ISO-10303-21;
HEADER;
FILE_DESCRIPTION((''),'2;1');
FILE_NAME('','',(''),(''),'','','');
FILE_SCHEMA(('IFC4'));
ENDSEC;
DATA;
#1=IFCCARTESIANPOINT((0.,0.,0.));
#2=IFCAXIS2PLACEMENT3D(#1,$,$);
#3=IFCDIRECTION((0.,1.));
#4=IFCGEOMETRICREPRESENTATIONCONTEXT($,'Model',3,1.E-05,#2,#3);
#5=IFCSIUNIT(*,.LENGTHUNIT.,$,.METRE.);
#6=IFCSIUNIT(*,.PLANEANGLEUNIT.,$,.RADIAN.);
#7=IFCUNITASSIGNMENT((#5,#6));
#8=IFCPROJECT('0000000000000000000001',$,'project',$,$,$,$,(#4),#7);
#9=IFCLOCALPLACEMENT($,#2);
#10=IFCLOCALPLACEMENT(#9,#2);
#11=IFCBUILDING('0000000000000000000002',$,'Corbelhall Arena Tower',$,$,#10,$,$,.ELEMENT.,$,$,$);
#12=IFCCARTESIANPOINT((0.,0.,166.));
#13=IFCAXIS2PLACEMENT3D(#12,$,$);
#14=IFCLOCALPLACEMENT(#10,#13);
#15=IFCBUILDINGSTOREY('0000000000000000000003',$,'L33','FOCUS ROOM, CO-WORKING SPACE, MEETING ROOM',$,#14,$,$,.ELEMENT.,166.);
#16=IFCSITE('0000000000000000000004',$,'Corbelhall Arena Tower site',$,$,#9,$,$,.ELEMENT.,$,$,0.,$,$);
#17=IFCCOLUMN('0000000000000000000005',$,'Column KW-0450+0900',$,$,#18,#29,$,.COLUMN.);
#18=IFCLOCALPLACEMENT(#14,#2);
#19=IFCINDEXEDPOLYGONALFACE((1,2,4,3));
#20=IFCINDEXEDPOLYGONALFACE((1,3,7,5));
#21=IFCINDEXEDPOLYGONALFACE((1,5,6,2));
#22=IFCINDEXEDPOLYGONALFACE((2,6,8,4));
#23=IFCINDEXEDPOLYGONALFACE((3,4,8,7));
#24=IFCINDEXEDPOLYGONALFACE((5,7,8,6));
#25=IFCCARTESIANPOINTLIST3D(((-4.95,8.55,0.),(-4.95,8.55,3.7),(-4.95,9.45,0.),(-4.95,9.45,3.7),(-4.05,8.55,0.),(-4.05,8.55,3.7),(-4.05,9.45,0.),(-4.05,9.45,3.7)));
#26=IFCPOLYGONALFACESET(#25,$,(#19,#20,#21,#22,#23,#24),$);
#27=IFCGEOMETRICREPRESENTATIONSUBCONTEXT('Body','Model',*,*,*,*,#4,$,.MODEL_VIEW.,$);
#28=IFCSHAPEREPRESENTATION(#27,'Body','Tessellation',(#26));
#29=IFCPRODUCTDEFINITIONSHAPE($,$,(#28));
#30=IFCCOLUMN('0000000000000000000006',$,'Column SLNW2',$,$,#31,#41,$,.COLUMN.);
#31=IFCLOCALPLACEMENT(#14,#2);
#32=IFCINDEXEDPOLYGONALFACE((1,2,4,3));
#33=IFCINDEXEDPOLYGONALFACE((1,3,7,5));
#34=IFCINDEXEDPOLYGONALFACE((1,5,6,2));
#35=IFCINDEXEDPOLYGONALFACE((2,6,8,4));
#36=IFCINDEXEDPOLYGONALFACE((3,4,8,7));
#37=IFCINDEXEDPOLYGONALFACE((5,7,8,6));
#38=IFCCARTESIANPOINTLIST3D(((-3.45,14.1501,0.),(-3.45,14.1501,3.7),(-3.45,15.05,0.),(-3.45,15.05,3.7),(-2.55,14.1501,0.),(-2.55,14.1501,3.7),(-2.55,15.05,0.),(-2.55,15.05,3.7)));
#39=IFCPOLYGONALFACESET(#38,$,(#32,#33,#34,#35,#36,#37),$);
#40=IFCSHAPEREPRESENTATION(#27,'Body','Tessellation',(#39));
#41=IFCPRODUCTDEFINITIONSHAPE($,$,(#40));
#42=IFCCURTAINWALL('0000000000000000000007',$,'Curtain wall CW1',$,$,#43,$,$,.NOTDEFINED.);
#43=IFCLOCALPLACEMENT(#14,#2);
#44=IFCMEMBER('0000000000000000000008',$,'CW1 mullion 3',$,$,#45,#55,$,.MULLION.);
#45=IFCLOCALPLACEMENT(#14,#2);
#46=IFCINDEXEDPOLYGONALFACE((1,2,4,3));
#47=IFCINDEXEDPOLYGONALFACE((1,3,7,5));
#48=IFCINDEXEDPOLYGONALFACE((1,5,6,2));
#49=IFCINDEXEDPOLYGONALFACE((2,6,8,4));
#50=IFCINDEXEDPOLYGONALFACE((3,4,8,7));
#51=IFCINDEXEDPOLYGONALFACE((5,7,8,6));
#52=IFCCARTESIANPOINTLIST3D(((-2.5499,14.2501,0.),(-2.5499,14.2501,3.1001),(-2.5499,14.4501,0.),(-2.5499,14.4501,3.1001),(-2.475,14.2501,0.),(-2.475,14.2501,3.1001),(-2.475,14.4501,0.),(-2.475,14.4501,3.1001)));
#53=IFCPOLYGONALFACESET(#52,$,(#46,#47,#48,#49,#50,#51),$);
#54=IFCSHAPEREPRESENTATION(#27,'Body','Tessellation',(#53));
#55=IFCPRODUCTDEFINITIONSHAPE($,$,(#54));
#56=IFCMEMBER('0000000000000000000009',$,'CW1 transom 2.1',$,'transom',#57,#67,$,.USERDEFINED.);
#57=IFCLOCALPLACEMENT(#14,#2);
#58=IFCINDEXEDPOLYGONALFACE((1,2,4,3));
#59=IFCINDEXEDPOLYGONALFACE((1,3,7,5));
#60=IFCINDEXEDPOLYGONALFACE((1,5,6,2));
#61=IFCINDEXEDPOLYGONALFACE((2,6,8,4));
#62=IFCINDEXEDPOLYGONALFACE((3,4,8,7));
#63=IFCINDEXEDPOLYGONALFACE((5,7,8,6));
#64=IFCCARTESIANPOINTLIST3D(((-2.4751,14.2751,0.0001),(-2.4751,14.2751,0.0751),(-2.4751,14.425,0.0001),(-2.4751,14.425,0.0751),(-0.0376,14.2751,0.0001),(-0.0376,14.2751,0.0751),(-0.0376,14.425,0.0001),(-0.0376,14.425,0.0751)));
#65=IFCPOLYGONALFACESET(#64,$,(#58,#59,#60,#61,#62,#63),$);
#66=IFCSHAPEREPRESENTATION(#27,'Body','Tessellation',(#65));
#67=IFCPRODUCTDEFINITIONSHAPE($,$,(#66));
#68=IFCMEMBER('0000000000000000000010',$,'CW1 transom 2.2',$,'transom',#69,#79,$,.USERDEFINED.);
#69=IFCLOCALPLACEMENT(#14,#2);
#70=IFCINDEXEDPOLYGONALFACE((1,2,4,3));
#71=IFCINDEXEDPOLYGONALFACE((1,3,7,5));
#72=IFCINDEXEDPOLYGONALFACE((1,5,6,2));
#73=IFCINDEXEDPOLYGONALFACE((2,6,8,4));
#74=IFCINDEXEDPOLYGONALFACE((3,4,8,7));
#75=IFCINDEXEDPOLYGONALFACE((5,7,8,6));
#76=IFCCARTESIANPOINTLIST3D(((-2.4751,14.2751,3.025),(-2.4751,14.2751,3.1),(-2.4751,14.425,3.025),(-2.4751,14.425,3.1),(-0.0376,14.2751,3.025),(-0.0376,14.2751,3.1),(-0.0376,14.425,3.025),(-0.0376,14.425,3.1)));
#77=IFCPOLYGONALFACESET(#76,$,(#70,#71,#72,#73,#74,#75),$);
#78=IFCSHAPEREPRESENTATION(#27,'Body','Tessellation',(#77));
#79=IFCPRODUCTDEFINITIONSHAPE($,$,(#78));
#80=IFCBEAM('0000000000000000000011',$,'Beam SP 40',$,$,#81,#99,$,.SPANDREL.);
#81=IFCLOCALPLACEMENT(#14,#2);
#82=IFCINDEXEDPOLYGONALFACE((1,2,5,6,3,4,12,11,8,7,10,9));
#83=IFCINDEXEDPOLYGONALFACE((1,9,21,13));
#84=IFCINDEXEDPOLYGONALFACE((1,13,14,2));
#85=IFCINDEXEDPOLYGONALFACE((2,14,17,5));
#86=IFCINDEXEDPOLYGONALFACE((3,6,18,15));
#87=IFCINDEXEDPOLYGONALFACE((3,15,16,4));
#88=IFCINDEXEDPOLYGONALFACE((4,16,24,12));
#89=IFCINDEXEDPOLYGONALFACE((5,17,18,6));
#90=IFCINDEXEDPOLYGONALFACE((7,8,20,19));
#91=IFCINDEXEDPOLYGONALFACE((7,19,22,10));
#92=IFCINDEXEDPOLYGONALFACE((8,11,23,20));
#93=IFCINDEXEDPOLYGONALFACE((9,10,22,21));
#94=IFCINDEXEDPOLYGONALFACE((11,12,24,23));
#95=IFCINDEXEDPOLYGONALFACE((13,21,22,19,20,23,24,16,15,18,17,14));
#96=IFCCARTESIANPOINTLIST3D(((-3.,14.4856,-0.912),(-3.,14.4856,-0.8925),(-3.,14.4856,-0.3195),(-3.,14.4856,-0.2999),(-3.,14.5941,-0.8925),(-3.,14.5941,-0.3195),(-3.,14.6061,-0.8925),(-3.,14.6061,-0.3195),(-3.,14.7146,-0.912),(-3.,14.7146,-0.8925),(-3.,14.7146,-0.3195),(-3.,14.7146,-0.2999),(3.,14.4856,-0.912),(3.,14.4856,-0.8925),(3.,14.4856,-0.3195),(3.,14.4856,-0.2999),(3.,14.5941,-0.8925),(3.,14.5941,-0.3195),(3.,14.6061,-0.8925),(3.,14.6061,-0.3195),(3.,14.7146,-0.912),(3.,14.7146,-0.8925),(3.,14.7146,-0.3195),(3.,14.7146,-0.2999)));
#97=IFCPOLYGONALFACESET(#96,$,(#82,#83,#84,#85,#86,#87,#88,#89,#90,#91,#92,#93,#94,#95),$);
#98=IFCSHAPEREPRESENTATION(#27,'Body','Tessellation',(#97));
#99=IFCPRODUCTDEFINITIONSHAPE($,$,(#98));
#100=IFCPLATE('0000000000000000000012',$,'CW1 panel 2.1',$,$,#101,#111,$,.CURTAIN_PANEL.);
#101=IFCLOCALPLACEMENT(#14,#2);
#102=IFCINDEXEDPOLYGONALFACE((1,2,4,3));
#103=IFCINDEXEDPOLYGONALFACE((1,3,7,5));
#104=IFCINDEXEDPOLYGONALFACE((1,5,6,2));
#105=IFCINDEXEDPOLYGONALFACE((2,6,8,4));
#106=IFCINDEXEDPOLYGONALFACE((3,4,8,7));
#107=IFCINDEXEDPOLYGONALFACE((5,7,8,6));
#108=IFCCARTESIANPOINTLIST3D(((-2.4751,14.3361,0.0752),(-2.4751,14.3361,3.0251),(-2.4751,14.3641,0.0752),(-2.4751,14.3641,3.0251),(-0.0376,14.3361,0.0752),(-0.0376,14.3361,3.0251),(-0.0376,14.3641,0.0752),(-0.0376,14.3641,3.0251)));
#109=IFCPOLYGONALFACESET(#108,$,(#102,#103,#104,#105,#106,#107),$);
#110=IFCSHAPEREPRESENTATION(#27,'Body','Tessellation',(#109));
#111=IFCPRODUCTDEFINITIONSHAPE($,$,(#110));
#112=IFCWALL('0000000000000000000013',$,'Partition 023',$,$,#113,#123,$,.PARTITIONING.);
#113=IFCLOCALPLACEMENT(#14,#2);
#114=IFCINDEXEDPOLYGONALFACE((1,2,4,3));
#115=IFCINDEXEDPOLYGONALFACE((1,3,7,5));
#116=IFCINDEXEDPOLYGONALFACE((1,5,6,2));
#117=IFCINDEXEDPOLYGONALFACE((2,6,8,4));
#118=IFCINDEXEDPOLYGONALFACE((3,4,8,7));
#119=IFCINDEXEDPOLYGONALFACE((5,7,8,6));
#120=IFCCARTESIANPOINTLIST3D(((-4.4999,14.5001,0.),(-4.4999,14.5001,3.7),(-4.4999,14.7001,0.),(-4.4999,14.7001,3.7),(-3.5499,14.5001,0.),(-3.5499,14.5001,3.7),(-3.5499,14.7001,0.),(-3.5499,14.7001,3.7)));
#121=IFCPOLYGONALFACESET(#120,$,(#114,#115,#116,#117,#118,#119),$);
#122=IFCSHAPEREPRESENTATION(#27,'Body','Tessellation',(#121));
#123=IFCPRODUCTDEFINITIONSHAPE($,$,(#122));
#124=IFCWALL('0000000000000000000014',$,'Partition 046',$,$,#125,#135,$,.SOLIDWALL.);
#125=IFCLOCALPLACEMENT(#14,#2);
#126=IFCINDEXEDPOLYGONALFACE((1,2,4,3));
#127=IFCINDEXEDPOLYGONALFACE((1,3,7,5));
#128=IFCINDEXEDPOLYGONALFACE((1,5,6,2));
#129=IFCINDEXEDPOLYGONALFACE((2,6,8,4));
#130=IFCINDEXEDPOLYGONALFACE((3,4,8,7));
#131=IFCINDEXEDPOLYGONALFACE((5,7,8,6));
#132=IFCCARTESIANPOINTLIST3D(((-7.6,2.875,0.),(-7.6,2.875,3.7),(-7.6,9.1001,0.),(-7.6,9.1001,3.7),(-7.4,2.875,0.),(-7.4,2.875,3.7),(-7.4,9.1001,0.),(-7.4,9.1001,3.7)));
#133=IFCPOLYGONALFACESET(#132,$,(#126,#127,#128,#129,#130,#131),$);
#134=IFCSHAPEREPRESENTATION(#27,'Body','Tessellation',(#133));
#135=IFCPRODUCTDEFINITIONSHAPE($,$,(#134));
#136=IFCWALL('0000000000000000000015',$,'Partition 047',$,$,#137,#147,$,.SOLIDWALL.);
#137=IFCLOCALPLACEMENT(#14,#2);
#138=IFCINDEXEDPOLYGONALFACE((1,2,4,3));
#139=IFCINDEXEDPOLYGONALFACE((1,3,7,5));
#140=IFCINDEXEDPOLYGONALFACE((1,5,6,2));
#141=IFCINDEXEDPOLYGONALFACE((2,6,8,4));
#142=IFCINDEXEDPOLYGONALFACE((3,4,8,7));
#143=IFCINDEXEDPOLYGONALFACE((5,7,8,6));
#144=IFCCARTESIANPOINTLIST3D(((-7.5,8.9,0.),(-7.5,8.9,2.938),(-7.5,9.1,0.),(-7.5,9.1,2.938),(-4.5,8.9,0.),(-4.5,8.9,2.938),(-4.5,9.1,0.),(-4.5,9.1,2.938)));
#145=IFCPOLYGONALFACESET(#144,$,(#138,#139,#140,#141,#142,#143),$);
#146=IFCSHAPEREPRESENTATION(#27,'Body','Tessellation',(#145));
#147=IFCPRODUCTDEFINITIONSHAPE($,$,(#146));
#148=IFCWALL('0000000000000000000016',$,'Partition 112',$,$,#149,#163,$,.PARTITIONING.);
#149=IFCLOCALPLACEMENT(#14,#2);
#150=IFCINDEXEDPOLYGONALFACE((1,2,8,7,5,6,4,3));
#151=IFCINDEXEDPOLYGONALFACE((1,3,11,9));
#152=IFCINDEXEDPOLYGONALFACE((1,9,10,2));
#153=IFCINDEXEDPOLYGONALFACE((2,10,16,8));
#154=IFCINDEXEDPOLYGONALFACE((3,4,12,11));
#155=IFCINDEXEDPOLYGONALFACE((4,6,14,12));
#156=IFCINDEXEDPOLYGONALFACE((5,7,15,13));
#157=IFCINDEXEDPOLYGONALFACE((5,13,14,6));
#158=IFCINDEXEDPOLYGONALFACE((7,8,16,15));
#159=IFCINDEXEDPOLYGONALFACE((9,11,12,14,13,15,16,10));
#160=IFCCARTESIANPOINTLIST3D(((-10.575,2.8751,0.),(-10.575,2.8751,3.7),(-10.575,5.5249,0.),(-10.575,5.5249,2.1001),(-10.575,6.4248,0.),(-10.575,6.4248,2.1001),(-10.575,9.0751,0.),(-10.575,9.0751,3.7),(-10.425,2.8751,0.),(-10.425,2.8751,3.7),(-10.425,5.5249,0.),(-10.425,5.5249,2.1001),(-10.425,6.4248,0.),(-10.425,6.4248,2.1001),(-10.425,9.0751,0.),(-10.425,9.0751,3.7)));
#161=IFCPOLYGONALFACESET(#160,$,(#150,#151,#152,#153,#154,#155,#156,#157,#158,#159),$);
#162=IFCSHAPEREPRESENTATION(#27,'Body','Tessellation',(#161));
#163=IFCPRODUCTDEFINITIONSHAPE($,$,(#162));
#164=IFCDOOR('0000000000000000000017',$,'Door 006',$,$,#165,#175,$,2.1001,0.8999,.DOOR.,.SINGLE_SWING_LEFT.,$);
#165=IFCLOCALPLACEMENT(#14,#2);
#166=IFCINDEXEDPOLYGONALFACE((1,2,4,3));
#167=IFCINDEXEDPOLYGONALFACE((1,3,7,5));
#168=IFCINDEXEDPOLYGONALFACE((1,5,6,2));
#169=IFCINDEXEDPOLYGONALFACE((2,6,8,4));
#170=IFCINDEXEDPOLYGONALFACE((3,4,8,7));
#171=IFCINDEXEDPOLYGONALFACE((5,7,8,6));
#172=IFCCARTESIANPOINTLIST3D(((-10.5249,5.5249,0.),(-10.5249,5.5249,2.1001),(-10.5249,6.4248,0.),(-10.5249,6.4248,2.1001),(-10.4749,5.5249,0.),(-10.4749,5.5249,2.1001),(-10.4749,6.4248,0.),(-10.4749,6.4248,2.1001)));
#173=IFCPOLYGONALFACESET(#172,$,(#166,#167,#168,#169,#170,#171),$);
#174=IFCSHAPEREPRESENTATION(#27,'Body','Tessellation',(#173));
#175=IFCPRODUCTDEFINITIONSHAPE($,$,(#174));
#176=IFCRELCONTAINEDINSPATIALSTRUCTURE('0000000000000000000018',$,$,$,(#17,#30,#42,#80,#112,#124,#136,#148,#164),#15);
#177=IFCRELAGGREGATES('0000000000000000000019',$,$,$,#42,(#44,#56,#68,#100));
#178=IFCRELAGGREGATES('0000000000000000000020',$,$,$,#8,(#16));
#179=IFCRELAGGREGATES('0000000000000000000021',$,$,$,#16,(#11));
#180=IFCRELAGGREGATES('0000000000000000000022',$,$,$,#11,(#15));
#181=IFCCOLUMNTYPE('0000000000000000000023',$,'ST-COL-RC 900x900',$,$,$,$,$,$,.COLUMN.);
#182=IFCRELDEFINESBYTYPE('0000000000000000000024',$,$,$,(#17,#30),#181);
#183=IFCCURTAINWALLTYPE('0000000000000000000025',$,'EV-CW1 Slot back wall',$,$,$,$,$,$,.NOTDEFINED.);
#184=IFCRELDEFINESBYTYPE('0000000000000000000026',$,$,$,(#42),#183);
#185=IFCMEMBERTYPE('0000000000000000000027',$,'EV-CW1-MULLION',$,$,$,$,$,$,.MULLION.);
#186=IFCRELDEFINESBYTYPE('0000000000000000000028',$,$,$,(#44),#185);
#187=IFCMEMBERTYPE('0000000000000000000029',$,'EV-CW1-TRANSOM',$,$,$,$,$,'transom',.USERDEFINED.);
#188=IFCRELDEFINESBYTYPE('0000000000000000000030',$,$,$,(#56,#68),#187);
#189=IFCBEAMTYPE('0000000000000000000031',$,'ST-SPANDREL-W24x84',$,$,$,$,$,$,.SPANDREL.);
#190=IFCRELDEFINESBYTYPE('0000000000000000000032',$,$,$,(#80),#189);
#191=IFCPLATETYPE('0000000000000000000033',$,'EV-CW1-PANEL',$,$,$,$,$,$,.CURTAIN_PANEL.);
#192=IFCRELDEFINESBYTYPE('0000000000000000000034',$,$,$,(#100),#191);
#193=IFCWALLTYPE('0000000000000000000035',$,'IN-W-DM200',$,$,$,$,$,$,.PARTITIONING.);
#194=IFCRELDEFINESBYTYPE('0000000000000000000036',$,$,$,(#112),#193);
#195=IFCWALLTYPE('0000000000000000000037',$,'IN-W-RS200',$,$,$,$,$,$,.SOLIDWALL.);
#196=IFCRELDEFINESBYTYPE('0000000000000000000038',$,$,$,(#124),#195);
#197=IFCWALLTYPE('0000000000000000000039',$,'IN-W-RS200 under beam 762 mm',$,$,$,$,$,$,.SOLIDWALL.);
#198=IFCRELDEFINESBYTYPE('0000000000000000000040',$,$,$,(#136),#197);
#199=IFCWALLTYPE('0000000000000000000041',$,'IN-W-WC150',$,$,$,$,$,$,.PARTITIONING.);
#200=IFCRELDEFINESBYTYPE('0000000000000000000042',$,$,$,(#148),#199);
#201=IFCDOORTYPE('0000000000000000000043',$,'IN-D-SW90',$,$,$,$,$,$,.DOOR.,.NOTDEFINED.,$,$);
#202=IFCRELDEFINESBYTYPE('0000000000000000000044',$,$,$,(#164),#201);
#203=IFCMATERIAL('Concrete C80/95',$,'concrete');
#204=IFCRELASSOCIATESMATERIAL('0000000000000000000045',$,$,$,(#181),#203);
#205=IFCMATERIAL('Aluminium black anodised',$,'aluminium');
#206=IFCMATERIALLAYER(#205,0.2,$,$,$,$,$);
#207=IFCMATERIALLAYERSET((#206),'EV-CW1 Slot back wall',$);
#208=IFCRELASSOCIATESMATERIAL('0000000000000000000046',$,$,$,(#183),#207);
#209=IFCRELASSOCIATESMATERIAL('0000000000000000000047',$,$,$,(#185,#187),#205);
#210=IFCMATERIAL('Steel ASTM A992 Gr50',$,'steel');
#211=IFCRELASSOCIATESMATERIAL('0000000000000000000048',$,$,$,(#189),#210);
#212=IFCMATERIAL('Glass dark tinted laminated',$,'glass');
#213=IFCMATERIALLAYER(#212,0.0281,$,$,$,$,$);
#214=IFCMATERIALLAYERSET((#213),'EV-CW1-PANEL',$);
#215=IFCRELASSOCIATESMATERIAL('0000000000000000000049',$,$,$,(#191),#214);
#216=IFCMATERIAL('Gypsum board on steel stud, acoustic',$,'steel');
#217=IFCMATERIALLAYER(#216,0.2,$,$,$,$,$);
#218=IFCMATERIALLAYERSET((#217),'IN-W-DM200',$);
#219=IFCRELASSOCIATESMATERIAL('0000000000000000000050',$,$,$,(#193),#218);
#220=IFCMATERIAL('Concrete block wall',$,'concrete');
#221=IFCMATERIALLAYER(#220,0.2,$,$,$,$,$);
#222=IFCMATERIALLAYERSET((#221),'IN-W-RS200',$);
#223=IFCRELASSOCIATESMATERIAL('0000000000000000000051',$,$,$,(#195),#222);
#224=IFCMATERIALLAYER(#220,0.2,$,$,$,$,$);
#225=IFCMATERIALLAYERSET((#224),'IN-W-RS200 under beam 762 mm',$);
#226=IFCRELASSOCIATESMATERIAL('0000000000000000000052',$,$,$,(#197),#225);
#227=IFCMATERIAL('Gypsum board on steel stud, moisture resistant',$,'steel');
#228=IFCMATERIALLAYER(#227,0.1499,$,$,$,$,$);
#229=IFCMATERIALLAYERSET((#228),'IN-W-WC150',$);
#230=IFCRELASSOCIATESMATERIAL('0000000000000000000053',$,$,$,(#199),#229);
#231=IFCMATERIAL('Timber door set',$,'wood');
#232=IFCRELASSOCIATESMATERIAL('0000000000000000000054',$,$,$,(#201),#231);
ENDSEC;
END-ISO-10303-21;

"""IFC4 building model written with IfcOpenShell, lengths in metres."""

from ifc_helpers import new_model, si_unit, direction, frame, frame_2d, origin, origin_2d, place, context, subcontext, project, spatial, rectangle, i_section, extrude, material, layer, layer_set, material_profile, profile_set, type_object, element, fill, aggregate, save


model = new_model("IFC4")

# Units and contexts
model_context = context("Model", 3, precision=1e-05, world=origin(), true_north=direction((0.0, 1.0)))
body_context = subcontext(model_context, "Body", "Model", "MODEL_VIEW")
ifc_project = project(units=[si_unit("LENGTHUNIT", "METRE"), si_unit("PLANEANGLEUNIT", "RADIAN")], contexts=[model_context])

# Site, building, storey
site_placement = place(None, origin())
site = spatial("IfcSite", under=ifc_project, at=site_placement, Name="Corbelhall Arena Tower site", CompositionType="ELEMENT", RefElevation=0.0)
building_placement = place(site_placement, origin())
building = spatial("IfcBuilding", under=site, at=building_placement, Name="Corbelhall Arena Tower", CompositionType="ELEMENT")
storey_placement = place(building_placement, frame((0.0, 0.0, 166.0)))
storey = spatial("IfcBuildingStorey", under=building, at=storey_placement, Name="L33", Description="FOCUS ROOM, CO-WORKING SPACE, MEETING ROOM", CompositionType="ELEMENT", Elevation=166.0)

# Columns
ifc_material_1 = material(Name="Concrete C80/95", Category="concrete")
ifc_material_profile_1 = material_profile(ifc_material_1, rectangle(XDim=0.8999, YDim=0.8999, at=origin_2d()))
ifc_profile_set_1 = profile_set([ifc_material_profile_1], Name="Concrete C80/95")
column_type = type_object("IfcColumnType", Name="ST-COL-RC 900x900", PredefinedType="COLUMN", material=ifc_profile_set_1)
for number, where, z_axis, x_axis, name in (
    (1, (-4.5, 9.0, 0.0), (0.0, 0.0, 1.0), (1.0, 0.0, 0.0), "Column KW-0450+0900"),
    (2, (-3.0, 14.6001, 0.0), (0.0, 0.0, 1.0), (1.0, 0.0, 0.0), "Column SLNW2"),
):
    element("IfcColumn", number, at=place(storey_placement, frame(where, z_axis=z_axis, x_axis=x_axis)), inside=storey, type_object=column_type, Name=name, PredefinedType="COLUMN", context=body_context, shape_type="SweptSolid", body=[
        extrude(rectangle(XDim=0.8999, YDim=0.8999, at=origin_2d()), origin(), (0.0, 0.0, 1.0), 3.7),
    ])

# Curtain wall, members
ifc_material_2 = material(Name="Aluminium black anodised", Category="aluminium")
ifc_layer_1 = layer(ifc_material_2, 0.2)
ifc_layer_set_1 = layer_set([ifc_layer_1], Name="EV-CW1 Slot back wall")
curtain_wall_type = type_object("IfcCurtainWallType", Name="EV-CW1 Slot back wall", PredefinedType="NOTDEFINED", material=ifc_layer_set_1)
curtain_wall_placement = place(storey_placement, origin())
curtain_wall = element("IfcCurtainWall", 3, at=curtain_wall_placement, inside=storey, type_object=curtain_wall_type, Name="Curtain wall CW1", PredefinedType="NOTDEFINED")
ifc_material_profile_2 = material_profile(ifc_material_2, rectangle(XDim=0.2, YDim=0.075, at=origin_2d()))
ifc_profile_set_2 = profile_set([ifc_material_profile_2], Name="Aluminium black anodised")
member_type_1 = type_object("IfcMemberType", Name="EV-CW1-MULLION", PredefinedType="MULLION", material=ifc_profile_set_2)
member_1_placement = place(storey_placement, frame((-2.5125, 14.3501, 0.0), z_axis=(0.0, 0.0, 1.0), x_axis=(0.0, -1.0, 0.0)))
member_1 = element("IfcMember", 4, at=member_1_placement, type_object=member_type_1, Name="CW1 mullion 3", PredefinedType="MULLION", context=body_context, shape_type="SweptSolid", body=[
    extrude(rectangle(XDim=0.2, YDim=0.075, at=origin_2d()), origin(), (0.0, 0.0, 1.0), 3.1001),
])
ifc_material_profile_3 = material_profile(ifc_material_2, rectangle(XDim=0.1499, YDim=0.075, at=origin_2d()))
ifc_profile_set_3 = profile_set([ifc_material_profile_3], Name="Aluminium black anodised")
member_type_2 = type_object("IfcMemberType", Name="EV-CW1-TRANSOM", ElementType="transom", PredefinedType="USERDEFINED", material=ifc_profile_set_3)
member_2_placement = place(storey_placement, frame((-0.0376, 14.3501, 0.0376), z_axis=(-1.0, 0.0, 0.0), x_axis=(0.0, -1.0, 0.0)))
member_2 = element("IfcMember", 5, at=member_2_placement, type_object=member_type_2, Name="CW1 transom 2.1", ObjectType="transom", PredefinedType="USERDEFINED", context=body_context, shape_type="SweptSolid", body=[
    extrude(rectangle(XDim=0.1499, YDim=0.075, at=origin_2d()), origin(), (0.0, 0.0, 1.0), 2.4375),
])
member_3_placement = place(storey_placement, frame((-0.0376, 14.3501, 3.0625), z_axis=(-1.0, 0.0, 0.0), x_axis=(0.0, -1.0, 0.0)))
member_3 = element("IfcMember", 6, at=member_3_placement, type_object=member_type_2, Name="CW1 transom 2.2", ObjectType="transom", PredefinedType="USERDEFINED", context=body_context, shape_type="SweptSolid", body=[
    extrude(rectangle(XDim=0.1499, YDim=0.075, at=origin_2d()), origin(), (0.0, 0.0, 1.0), 2.4375),
])

# Beam
ifc_material_3 = material(Name="Steel ASTM A992 Gr50", Category="steel")
ifc_material_profile_4 = material_profile(ifc_material_3, i_section(OverallWidth=0.229, OverallDepth=0.6121, WebThickness=0.012, FlangeThickness=0.0195, at=origin_2d()))
ifc_profile_set_4 = profile_set([ifc_material_profile_4], Name="Steel ASTM A992 Gr50")
beam_type = type_object("IfcBeamType", Name="ST-SPANDREL-W24x84", PredefinedType="SPANDREL", material=ifc_profile_set_4)
beam_placement = place(storey_placement, frame((-3.0, 14.6001, -0.606), z_axis=(1.0, 0.0, 0.0), x_axis=(0.0, 1.0, 0.0)))
element("IfcBeam", 7, at=beam_placement, inside=storey, type_object=beam_type, Name="Beam SP 40", PredefinedType="SPANDREL", context=body_context, shape_type="SweptSolid", body=[
    extrude(i_section(OverallWidth=0.229, OverallDepth=0.6121, WebThickness=0.012, FlangeThickness=0.0195, at=origin_2d()), origin(), (0.0, 0.0, 1.0), 6.0),
])

# Plate
ifc_material_4 = material(Name="Glass dark tinted laminated", Category="glass")
ifc_layer_2 = layer(ifc_material_4, 0.0281)
ifc_layer_set_2 = layer_set([ifc_layer_2], Name="EV-CW1-PANEL")
plate_type = type_object("IfcPlateType", Name="EV-CW1-PANEL", PredefinedType="CURTAIN_PANEL", material=ifc_layer_set_2)
plate_placement = place(storey_placement, frame((-1.2563, 14.3501, 0.0752), z_axis=(0.0, 0.0, 1.0), x_axis=(-1.0, 0.0, 0.0)))
plate = element("IfcPlate", 8, at=plate_placement, type_object=plate_type, Name="CW1 panel 2.1", PredefinedType="CURTAIN_PANEL", context=body_context, shape_type="SweptSolid", body=[
    extrude(rectangle(XDim=2.4375, YDim=0.0281, at=origin_2d()), origin(), (0.0, 0.0, 1.0), 2.95),
])
aggregate(curtain_wall, [member_1, member_2, member_3, plate])

# Walls
ifc_material_5 = material(Name="Gypsum board on steel stud, acoustic", Category="steel")
ifc_layer_3 = layer(ifc_material_5, 0.2)
ifc_layer_set_3 = layer_set([ifc_layer_3], Name="IN-W-DM200")
wall_type_1 = type_object("IfcWallType", Name="IN-W-DM200", PredefinedType="PARTITIONING", material=ifc_layer_set_3)
wall_1_placement = place(storey_placement, frame((-4.5, 14.6001, 0.0), z_axis=(0.0, 0.0, 1.0), x_axis=(1.0, 0.0, 0.0)))
element("IfcWall", 9, at=wall_1_placement, inside=storey, type_object=wall_type_1, Name="Partition 023", PredefinedType="PARTITIONING", context=body_context, shape_type="SweptSolid", body=[
    extrude(rectangle(XDim=0.95, YDim=0.2, at=frame_2d((0.4751, 0.0))), origin(), (0.0, 0.0, 1.0), 3.7),
])
ifc_material_6 = material(Name="Concrete block wall", Category="concrete")
ifc_layer_4 = layer(ifc_material_6, 0.2)
ifc_layer_set_4 = layer_set([ifc_layer_4], Name="IN-W-RS200")
wall_type_2 = type_object("IfcWallType", Name="IN-W-RS200", PredefinedType="SOLIDWALL", material=ifc_layer_set_4)
wall_2_placement = place(storey_placement, frame((-7.5, 2.875, 0.0), z_axis=(0.0, 0.0, 1.0), x_axis=(0.0, 1.0, 0.0)))
element("IfcWall", 10, at=wall_2_placement, inside=storey, type_object=wall_type_2, Name="Partition 046", PredefinedType="SOLIDWALL", context=body_context, shape_type="SweptSolid", body=[
    extrude(rectangle(XDim=6.2251, YDim=0.2, at=frame_2d((3.1125, 0.0))), origin(), (0.0, 0.0, 1.0), 3.7),
])
ifc_layer_5 = layer(ifc_material_6, 0.2)
ifc_layer_set_5 = layer_set([ifc_layer_5], Name="IN-W-RS200 under beam 762 mm")
wall_type_3 = type_object("IfcWallType", Name="IN-W-RS200 under beam 762 mm", PredefinedType="SOLIDWALL", material=ifc_layer_set_5)
wall_3_placement = place(storey_placement, frame((-7.5, 9.0, 0.0), z_axis=(0.0, 0.0, 1.0), x_axis=(1.0, 0.0, 0.0)))
element("IfcWall", 11, at=wall_3_placement, inside=storey, type_object=wall_type_3, Name="Partition 047", PredefinedType="SOLIDWALL", context=body_context, shape_type="SweptSolid", body=[
    extrude(rectangle(XDim=3.0, YDim=0.2, at=frame_2d((1.5, 0.0))), origin(), (0.0, 0.0, 1.0), 2.938),
])

# Wall, opening, door
ifc_material_7 = material(Name="Gypsum board on steel stud, moisture resistant", Category="steel")
ifc_layer_6 = layer(ifc_material_7, 0.1499)
ifc_layer_set_6 = layer_set([ifc_layer_6], Name="IN-W-WC150")
wall_type_4 = type_object("IfcWallType", Name="IN-W-WC150", PredefinedType="PARTITIONING", material=ifc_layer_set_6)
wall_4_placement = place(storey_placement, frame((-10.5, 2.875, 0.0), z_axis=(0.0, 0.0, 1.0), x_axis=(0.0, 1.0, 0.0)))
wall_4 = element("IfcWall", 12, at=wall_4_placement, inside=storey, type_object=wall_type_4, Name="Partition 112", PredefinedType="PARTITIONING", context=body_context, shape_type="SweptSolid", body=[
    extrude(rectangle(XDim=6.2, YDim=0.1499, at=frame_2d((3.1001, 0.0))), origin(), (0.0, 0.0, 1.0), 3.7),
])
opening_1_placement = place(wall_4_placement, frame((2.6499, 0.0, 0.0)))
opening_1 = element("IfcOpeningElement", 13, at=opening_1_placement, cuts=wall_4, PredefinedType="OPENING", context=body_context, shape_type="SweptSolid", body=[
    extrude(rectangle(XDim=0.8999, YDim=2.1001, at=frame_2d((0.45, 1.05))), frame((0.0, 0.075, 0.0), z_axis=(0.0, -1.0, 0.0), x_axis=(1.0, 0.0, 0.0)), (0.0, 0.0, 1.0), 0.1499),
])
ifc_material_8 = material(Name="Timber door set", Category="wood")
door_type_1 = type_object("IfcDoorType", Name="IN-D-SW90", OperationType="NOTDEFINED", PredefinedType="DOOR", material=ifc_material_8)
door_1_placement = place(opening_1_placement, origin())
door_1 = element("IfcDoor", 14, at=door_1_placement, inside=storey, type_object=door_type_1, Name="Door 006", OperationType="SINGLE_SWING_LEFT", OverallHeight=2.1001, OverallWidth=0.8999, PredefinedType="DOOR", context=body_context, shape_type="SweptSolid", body=[
    extrude(rectangle(XDim=0.8999, YDim=2.1001, at=frame_2d((0.45, 1.05))), frame((0.0, 0.0249, 0.0), z_axis=(0.0, -1.0, 0.0), x_axis=(1.0, 0.0, 0.0)), (0.0, 0.0, 1.0), 0.05),
])
fill(opening_1, door_1)

save(model, "model.ifc")
